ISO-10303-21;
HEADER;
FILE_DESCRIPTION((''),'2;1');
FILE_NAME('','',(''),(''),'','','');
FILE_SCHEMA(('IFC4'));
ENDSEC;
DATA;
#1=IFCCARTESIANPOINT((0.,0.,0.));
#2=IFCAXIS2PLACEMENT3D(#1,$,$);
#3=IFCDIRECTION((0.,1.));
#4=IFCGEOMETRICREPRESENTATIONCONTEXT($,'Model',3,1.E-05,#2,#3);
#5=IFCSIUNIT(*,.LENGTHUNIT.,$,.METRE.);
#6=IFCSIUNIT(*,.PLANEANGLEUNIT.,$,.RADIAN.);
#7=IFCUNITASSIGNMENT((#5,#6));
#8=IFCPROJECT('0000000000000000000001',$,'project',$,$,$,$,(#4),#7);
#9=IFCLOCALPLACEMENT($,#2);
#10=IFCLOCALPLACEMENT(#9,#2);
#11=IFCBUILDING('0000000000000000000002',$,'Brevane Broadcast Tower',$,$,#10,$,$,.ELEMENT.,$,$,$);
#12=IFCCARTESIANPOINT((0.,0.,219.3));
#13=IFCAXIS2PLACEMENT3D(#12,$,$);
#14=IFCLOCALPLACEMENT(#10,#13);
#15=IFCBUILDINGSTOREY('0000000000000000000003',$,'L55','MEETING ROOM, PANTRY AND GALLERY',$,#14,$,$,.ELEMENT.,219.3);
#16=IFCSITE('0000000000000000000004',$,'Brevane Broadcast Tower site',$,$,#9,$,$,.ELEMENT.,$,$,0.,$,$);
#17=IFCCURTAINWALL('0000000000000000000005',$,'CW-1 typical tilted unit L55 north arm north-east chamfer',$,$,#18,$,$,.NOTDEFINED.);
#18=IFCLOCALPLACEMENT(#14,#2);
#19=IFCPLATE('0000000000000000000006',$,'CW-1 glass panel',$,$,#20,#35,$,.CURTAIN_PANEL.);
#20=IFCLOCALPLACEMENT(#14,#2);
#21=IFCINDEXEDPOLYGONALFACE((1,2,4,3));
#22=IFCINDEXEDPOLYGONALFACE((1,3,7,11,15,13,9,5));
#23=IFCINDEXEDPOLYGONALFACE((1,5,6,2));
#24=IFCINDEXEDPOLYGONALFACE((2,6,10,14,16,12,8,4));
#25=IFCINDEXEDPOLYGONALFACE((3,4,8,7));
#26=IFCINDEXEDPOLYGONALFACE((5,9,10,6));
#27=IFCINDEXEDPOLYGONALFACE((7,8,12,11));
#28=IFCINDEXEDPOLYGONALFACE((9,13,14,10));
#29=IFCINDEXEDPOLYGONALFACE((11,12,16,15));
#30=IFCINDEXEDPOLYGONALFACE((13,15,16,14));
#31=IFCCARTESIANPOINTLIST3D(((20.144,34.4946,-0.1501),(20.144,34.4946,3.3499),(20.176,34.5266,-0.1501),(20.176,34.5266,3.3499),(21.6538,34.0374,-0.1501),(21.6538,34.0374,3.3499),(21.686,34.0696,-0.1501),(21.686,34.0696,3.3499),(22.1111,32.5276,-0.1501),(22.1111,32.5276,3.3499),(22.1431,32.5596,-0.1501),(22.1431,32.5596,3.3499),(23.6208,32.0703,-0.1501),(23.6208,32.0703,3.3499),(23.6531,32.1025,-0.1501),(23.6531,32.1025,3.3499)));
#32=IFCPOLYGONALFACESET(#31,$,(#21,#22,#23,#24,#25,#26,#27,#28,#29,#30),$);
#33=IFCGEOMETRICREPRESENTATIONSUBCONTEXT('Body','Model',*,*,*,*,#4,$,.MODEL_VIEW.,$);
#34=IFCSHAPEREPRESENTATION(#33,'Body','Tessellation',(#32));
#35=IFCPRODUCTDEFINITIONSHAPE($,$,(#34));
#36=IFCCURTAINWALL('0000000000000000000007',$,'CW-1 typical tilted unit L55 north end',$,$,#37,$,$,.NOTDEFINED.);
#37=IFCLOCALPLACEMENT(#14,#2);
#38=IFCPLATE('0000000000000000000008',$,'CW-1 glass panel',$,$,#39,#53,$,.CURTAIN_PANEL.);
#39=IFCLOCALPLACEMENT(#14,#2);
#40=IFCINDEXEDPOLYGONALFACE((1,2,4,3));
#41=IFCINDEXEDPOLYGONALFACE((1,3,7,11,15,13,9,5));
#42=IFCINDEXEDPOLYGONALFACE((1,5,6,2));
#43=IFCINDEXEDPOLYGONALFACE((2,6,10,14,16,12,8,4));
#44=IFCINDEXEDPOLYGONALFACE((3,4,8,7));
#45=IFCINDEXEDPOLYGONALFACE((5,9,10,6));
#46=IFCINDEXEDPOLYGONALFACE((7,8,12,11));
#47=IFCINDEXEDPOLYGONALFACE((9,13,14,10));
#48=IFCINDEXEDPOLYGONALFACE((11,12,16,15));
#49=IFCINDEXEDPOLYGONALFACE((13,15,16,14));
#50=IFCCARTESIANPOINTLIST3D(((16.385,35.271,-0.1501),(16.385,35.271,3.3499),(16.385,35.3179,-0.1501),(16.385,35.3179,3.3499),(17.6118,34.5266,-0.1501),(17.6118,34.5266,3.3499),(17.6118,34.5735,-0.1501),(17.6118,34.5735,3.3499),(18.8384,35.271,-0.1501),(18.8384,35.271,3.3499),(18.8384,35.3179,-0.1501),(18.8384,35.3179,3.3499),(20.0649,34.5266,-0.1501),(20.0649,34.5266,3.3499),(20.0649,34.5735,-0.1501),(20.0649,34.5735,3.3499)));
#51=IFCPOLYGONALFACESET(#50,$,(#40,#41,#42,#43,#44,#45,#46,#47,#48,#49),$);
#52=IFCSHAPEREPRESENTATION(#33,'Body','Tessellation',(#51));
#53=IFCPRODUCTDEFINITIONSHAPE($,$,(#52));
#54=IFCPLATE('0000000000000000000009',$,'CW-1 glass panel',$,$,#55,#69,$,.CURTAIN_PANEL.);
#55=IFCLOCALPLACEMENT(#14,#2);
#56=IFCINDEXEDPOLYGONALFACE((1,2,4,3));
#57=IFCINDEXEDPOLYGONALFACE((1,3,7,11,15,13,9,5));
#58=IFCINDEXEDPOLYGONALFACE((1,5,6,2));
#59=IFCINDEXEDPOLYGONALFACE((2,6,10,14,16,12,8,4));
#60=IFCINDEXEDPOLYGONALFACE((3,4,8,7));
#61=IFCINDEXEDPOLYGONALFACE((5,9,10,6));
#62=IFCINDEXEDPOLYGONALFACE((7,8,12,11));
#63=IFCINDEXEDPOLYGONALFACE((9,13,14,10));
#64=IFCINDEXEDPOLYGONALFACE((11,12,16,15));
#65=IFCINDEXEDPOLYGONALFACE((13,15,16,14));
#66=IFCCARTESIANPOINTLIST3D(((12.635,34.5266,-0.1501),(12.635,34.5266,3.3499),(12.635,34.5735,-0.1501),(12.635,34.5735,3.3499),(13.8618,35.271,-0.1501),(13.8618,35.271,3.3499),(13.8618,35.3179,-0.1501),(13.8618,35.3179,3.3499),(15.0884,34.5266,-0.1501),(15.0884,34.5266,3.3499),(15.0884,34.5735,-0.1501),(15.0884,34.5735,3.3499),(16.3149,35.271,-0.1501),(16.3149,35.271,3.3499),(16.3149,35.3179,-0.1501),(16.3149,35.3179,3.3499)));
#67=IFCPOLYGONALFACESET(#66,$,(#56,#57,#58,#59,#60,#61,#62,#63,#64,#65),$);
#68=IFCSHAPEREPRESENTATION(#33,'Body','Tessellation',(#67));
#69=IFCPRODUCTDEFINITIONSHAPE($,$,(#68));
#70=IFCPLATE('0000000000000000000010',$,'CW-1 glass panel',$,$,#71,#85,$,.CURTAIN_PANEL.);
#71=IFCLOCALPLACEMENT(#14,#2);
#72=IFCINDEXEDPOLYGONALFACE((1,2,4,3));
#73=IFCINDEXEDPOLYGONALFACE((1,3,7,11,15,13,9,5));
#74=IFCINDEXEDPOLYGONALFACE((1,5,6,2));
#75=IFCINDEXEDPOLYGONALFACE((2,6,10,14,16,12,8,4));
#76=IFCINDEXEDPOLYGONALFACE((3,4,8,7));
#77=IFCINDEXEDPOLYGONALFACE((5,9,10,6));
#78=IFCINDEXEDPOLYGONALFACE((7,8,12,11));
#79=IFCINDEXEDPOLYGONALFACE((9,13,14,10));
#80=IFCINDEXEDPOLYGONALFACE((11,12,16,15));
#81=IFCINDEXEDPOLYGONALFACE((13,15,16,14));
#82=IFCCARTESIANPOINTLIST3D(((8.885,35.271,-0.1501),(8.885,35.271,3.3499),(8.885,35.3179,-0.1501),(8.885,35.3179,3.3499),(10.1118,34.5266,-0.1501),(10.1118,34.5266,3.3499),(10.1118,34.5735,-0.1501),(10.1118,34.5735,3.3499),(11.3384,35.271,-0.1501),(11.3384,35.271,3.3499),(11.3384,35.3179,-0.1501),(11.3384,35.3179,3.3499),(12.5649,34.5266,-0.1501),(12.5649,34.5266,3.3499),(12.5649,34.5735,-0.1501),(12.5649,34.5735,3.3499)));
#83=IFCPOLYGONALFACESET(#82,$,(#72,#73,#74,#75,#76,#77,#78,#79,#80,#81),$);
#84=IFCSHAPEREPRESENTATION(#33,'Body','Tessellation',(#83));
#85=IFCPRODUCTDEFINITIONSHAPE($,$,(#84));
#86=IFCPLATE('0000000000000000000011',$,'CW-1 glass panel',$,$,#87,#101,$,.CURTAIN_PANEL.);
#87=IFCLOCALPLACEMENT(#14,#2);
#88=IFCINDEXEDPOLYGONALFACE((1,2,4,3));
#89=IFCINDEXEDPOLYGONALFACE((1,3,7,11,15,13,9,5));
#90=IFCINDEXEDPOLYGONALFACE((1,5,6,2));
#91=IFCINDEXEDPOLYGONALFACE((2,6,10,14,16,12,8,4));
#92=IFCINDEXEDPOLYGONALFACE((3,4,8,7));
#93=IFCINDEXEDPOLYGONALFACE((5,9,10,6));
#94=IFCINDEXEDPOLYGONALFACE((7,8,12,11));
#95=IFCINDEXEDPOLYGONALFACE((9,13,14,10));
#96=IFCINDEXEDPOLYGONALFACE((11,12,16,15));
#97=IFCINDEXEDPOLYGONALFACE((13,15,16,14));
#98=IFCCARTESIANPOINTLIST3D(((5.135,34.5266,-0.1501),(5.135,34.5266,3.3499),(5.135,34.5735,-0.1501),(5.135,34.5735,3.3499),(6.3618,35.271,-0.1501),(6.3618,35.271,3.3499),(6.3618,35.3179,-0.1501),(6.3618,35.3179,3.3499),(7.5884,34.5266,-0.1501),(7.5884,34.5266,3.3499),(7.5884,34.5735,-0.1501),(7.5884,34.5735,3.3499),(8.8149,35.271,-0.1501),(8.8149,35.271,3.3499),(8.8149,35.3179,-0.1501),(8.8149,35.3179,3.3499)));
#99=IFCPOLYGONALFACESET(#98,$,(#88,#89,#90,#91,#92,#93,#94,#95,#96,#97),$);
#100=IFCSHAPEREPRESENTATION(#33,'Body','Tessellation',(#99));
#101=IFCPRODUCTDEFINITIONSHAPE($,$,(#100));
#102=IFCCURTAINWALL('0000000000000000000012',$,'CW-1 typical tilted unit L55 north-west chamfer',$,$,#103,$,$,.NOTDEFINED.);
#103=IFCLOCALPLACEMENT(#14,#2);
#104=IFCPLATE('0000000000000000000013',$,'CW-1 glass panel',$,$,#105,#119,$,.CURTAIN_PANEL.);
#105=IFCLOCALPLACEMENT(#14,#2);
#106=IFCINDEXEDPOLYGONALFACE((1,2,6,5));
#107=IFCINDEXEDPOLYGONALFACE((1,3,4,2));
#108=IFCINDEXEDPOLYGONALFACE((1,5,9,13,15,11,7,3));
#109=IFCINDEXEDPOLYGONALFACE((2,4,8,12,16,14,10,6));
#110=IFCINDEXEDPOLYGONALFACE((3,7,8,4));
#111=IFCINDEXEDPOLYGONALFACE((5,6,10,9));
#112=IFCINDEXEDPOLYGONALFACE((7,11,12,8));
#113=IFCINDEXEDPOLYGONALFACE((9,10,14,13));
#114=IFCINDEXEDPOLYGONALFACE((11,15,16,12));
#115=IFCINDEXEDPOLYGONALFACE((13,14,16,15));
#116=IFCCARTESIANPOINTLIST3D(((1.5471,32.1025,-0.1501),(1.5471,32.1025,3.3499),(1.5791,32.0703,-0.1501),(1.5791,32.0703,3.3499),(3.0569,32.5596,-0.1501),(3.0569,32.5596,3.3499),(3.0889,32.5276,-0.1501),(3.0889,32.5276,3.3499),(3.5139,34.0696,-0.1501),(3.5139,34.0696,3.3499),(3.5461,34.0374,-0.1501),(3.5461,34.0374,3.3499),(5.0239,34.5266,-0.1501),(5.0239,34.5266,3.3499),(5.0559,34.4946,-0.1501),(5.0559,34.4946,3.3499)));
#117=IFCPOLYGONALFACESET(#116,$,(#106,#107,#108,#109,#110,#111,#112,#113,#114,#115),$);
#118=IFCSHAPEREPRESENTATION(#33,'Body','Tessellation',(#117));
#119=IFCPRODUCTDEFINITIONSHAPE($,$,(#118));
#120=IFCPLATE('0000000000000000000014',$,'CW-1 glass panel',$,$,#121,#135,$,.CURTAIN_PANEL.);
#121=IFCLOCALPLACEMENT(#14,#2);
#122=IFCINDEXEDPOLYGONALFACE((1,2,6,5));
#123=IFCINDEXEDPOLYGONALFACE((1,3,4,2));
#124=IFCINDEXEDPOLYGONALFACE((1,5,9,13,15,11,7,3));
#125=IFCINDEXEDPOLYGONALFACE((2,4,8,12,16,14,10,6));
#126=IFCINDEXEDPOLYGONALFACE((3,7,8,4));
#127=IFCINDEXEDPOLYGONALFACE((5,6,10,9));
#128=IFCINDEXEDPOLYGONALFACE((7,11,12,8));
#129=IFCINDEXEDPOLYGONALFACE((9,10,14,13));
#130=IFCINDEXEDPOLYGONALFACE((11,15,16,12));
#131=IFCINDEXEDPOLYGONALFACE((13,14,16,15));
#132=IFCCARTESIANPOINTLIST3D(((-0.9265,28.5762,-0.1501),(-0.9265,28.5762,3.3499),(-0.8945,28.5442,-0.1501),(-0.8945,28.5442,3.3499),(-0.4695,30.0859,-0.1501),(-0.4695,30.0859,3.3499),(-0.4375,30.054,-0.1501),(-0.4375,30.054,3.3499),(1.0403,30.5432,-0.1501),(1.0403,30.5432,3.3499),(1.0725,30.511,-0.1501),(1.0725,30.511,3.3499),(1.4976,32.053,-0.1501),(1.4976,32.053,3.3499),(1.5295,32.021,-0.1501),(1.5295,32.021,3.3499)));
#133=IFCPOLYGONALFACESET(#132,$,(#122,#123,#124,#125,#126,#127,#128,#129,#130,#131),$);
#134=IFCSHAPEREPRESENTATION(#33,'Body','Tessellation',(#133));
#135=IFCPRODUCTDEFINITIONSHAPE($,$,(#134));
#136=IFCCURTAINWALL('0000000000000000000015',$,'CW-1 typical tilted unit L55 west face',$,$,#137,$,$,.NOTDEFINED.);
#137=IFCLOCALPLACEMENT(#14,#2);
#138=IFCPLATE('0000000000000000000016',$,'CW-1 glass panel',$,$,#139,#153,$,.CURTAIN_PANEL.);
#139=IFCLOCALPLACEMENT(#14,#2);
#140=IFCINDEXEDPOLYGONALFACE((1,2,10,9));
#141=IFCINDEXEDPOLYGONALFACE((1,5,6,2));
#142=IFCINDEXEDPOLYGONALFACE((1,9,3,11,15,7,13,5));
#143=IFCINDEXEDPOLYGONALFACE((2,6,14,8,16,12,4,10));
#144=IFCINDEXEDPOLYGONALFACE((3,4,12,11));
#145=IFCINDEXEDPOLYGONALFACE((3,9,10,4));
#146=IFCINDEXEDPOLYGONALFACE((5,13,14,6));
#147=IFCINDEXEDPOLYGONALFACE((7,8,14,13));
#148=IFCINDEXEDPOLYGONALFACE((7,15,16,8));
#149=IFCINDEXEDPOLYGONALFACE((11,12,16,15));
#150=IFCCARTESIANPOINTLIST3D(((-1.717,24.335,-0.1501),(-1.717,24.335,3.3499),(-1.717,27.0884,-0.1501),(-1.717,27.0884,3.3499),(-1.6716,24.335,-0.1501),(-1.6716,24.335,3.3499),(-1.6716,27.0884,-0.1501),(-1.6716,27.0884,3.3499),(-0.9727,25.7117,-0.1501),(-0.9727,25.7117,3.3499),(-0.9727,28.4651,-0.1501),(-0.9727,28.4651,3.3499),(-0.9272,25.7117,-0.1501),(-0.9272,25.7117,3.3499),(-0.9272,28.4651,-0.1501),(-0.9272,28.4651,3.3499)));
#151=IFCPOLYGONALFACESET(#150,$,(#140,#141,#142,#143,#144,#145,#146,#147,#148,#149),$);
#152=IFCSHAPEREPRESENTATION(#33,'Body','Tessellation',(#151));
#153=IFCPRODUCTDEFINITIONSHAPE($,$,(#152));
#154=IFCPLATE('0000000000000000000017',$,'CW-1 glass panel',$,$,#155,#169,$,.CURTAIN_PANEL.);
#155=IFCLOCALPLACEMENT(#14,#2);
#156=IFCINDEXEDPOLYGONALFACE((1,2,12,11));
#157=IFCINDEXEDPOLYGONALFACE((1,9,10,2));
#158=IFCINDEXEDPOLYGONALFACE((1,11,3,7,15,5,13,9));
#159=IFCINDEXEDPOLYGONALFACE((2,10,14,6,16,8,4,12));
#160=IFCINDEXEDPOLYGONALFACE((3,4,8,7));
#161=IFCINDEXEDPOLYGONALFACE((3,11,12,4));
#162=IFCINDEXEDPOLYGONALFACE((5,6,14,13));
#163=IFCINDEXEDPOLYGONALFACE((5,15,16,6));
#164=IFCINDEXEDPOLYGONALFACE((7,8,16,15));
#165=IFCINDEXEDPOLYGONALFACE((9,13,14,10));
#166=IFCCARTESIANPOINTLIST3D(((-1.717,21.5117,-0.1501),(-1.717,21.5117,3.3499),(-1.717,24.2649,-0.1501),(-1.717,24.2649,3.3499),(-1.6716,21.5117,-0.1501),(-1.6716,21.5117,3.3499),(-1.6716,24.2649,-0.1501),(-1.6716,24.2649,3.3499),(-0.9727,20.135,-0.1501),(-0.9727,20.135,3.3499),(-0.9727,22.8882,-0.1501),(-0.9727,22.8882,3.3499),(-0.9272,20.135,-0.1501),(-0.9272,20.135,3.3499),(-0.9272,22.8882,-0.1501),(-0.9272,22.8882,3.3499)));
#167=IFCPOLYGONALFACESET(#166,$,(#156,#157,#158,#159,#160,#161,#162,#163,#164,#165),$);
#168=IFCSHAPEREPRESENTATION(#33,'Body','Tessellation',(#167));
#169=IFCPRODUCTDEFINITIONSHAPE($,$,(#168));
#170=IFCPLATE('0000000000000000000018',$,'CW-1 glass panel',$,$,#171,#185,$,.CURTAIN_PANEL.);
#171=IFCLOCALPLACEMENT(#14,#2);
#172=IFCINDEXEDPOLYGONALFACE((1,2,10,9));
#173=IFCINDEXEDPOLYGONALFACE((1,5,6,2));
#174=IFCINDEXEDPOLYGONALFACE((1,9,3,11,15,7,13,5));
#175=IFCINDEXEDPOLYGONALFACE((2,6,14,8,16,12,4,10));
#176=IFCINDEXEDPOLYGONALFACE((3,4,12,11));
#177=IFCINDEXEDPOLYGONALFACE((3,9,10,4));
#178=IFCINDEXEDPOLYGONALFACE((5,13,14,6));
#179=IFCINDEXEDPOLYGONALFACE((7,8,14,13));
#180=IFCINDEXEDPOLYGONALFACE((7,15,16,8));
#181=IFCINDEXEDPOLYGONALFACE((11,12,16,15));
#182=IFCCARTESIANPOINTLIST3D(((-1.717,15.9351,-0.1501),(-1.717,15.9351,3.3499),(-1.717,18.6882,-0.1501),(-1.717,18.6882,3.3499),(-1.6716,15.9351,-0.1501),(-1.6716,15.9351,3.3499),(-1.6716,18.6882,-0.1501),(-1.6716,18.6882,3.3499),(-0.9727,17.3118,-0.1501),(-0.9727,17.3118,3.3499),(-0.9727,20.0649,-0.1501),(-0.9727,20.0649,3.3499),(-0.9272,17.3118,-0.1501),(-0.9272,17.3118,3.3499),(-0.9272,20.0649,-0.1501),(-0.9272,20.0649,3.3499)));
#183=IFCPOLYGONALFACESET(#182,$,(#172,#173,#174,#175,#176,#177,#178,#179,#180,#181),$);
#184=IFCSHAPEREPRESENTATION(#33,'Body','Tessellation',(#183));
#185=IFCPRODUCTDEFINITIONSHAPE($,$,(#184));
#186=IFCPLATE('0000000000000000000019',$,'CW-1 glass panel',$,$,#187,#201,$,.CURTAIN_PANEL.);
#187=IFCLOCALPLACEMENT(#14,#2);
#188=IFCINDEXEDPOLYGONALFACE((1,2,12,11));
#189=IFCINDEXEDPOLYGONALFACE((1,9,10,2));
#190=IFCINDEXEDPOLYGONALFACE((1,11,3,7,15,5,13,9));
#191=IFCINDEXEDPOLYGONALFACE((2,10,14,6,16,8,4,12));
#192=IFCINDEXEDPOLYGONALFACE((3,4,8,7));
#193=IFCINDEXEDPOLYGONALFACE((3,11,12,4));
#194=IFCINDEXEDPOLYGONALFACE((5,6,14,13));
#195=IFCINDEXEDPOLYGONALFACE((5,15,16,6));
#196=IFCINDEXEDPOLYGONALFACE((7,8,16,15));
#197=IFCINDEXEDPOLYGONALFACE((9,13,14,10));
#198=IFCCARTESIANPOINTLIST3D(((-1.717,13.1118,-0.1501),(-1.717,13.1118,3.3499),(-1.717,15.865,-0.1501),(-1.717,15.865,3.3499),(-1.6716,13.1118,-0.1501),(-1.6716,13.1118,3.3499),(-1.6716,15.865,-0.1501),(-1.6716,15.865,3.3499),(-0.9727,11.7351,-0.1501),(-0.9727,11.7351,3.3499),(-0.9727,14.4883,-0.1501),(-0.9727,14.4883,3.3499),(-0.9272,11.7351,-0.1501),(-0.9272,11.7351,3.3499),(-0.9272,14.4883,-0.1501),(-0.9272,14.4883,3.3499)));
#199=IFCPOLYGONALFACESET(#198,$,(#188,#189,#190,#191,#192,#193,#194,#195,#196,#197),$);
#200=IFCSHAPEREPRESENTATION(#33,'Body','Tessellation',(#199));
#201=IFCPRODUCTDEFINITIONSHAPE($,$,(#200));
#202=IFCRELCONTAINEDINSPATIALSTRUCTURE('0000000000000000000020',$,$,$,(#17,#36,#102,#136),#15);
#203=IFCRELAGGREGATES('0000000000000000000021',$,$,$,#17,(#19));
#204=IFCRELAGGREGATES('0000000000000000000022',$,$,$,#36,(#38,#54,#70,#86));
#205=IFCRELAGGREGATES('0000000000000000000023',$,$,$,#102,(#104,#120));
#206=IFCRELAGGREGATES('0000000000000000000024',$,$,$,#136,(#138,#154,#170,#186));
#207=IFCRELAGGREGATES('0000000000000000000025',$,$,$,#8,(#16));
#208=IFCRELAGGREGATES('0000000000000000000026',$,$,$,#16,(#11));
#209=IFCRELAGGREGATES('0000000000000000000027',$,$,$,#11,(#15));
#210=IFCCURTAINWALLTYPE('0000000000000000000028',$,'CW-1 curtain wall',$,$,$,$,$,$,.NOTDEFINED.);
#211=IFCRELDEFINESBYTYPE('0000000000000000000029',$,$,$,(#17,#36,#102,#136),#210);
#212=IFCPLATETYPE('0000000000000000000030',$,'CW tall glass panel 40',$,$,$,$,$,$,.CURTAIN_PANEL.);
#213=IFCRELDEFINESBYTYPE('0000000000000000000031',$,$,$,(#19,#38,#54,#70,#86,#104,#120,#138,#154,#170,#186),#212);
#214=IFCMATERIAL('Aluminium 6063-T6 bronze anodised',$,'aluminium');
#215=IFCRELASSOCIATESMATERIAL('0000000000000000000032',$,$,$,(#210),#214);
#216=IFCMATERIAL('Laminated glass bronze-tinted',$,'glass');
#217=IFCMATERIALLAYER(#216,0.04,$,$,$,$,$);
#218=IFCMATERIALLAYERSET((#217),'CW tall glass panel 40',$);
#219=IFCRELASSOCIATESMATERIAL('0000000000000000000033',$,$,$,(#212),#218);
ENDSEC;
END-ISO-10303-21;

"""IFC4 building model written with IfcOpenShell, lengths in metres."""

from ifc_helpers import new_model, si_unit, direction, frame, origin, place, context, subcontext, project, spatial, polyline, outline, extrude, material, layer, layer_set, type_object, element, aggregate, save


model = new_model("IFC4")

# Units and contexts
model_context = context("Model", 3, precision=1e-05, world=origin(), true_north=direction((0.0, 1.0)))
body_context = subcontext(model_context, "Body", "Model", "MODEL_VIEW")
ifc_project = project(units=[si_unit("LENGTHUNIT", "METRE"), si_unit("PLANEANGLEUNIT", "RADIAN")], contexts=[model_context])

# Site, building, storey
site_placement = place(None, origin())
site = spatial("IfcSite", under=ifc_project, at=site_placement, Name="Brevane Broadcast Tower site", CompositionType="ELEMENT", RefElevation=0.0)
building_placement = place(site_placement, origin())
building = spatial("IfcBuilding", under=site, at=building_placement, Name="Brevane Broadcast Tower", CompositionType="ELEMENT")
storey_placement = place(building_placement, frame((0.0, 0.0, 219.3)))
storey = spatial("IfcBuildingStorey", under=building, at=storey_placement, Name="L55", Description="MEETING ROOM, PANTRY AND GALLERY", CompositionType="ELEMENT", Elevation=219.3)

# Shared definitions
ifc_material_1 = material(Name="Aluminium 6063-T6 bronze anodised", Category="aluminium")
curtain_wall_type = type_object("IfcCurtainWallType", Name="CW-1 curtain wall", PredefinedType="NOTDEFINED", material=ifc_material_1)
ifc_material_2 = material(Name="Laminated glass bronze-tinted", Category="glass")
ifc_layer = layer(ifc_material_2, 0.04)
ifc_layer_set = layer_set([ifc_layer], Name="CW tall glass panel 40")
plate_type = type_object("IfcPlateType", Name="CW tall glass panel 40", PredefinedType="CURTAIN_PANEL", material=ifc_layer_set)

# Curtain walls, plates
curtain_wall_1_placement = place(storey_placement, origin())
curtain_wall_1 = element("IfcCurtainWall", 1, at=curtain_wall_1_placement, inside=storey, type_object=curtain_wall_type, Name="CW-1 typical tilted unit L55 north arm north-east chamfer", PredefinedType="NOTDEFINED")
plate_1_placement = place(storey_placement, frame((0.0, 0.0, -0.1501)))
plate_1 = element("IfcPlate", 2, at=plate_1_placement, type_object=plate_type, Name="CW-1 glass panel", PredefinedType="CURTAIN_PANEL", context=body_context, shape_type="SweptSolid", body=[
    extrude(outline(polyline([(23.6208, 32.0703), (23.6531, 32.1025), (22.1431, 32.5596), (21.686, 34.0696), (20.176, 34.5266), (20.144, 34.4946), (21.6538, 34.0374), (22.1111, 32.5276), (23.6208, 32.0703)])), origin(), (0.0, 0.0, 1.0), 3.5),
])
aggregate(curtain_wall_1, [plate_1])
curtain_wall_2_placement = place(storey_placement, origin())
curtain_wall_2 = element("IfcCurtainWall", 3, at=curtain_wall_2_placement, inside=storey, type_object=curtain_wall_type, Name="CW-1 typical tilted unit L55 north end", PredefinedType="NOTDEFINED")
plate_2_placement = place(storey_placement, frame((0.0, 0.0, -0.1501)))
plate_2 = element("IfcPlate", 4, at=plate_2_placement, type_object=plate_type, Name="CW-1 glass panel", PredefinedType="CURTAIN_PANEL", context=body_context, shape_type="SweptSolid", body=[
    extrude(outline(polyline([(20.0649, 34.5266), (20.0649, 34.5735), (18.8384, 35.3179), (17.6118, 34.5735), (16.385, 35.3179), (16.385, 35.271), (17.6118, 34.5266), (18.8384, 35.271), (20.0649, 34.5266)])), origin(), (0.0, 0.0, 1.0), 3.5),
])
plate_3_placement = place(storey_placement, frame((0.0, 0.0, -0.1501)))
plate_3 = element("IfcPlate", 5, at=plate_3_placement, type_object=plate_type, Name="CW-1 glass panel", PredefinedType="CURTAIN_PANEL", context=body_context, shape_type="SweptSolid", body=[
    extrude(outline(polyline([(16.3149, 35.271), (16.3149, 35.3179), (15.0884, 34.5735), (13.8618, 35.3179), (12.635, 34.5735), (12.635, 34.5266), (13.8618, 35.271), (15.0884, 34.5266), (16.3149, 35.271)])), origin(), (0.0, 0.0, 1.0), 3.5),
])
plate_4_placement = place(storey_placement, frame((0.0, 0.0, -0.1501)))
plate_4 = element("IfcPlate", 6, at=plate_4_placement, type_object=plate_type, Name="CW-1 glass panel", PredefinedType="CURTAIN_PANEL", context=body_context, shape_type="SweptSolid", body=[
    extrude(outline(polyline([(12.5649, 34.5266), (12.5649, 34.5735), (11.3384, 35.3179), (10.1118, 34.5735), (8.885, 35.3179), (8.885, 35.271), (10.1118, 34.5266), (11.3384, 35.271), (12.5649, 34.5266)])), origin(), (0.0, 0.0, 1.0), 3.5),
])
plate_5_placement = place(storey_placement, frame((0.0, 0.0, -0.1501)))
plate_5 = element("IfcPlate", 7, at=plate_5_placement, type_object=plate_type, Name="CW-1 glass panel", PredefinedType="CURTAIN_PANEL", context=body_context, shape_type="SweptSolid", body=[
    extrude(outline(polyline([(8.8149, 35.271), (8.8149, 35.3179), (7.5884, 34.5735), (6.3618, 35.3179), (5.135, 34.5735), (5.135, 34.5266), (6.3618, 35.271), (7.5884, 34.5266), (8.8149, 35.271)])), origin(), (0.0, 0.0, 1.0), 3.5),
])
aggregate(curtain_wall_2, [plate_2, plate_3, plate_4, plate_5])
curtain_wall_3_placement = place(storey_placement, origin())
curtain_wall_3 = element("IfcCurtainWall", 8, at=curtain_wall_3_placement, inside=storey, type_object=curtain_wall_type, Name="CW-1 typical tilted unit L55 north-west chamfer", PredefinedType="NOTDEFINED")
plate_6_placement = place(storey_placement, frame((0.0, 0.0, -0.1501)))
plate_6 = element("IfcPlate", 9, at=plate_6_placement, type_object=plate_type, Name="CW-1 glass panel", PredefinedType="CURTAIN_PANEL", context=body_context, shape_type="SweptSolid", body=[
    extrude(outline(polyline([(5.0559, 34.4946), (5.0239, 34.5266), (3.5139, 34.0696), (3.0569, 32.5596), (1.5471, 32.1025), (1.5791, 32.0703), (3.0889, 32.5276), (3.5461, 34.0374), (5.0559, 34.4946)])), origin(), (0.0, 0.0, 1.0), 3.5),
])
plate_7_placement = place(storey_placement, frame((0.0, 0.0, -0.1501)))
plate_7 = element("IfcPlate", 10, at=plate_7_placement, type_object=plate_type, Name="CW-1 glass panel", PredefinedType="CURTAIN_PANEL", context=body_context, shape_type="SweptSolid", body=[
    extrude(outline(polyline([(1.5295, 32.021), (1.4976, 32.053), (1.0403, 30.5432), (-0.4695, 30.0859), (-0.9265, 28.5762), (-0.8945, 28.5442), (-0.4375, 30.054), (1.0725, 30.511), (1.5295, 32.021)])), origin(), (0.0, 0.0, 1.0), 3.5),
])
aggregate(curtain_wall_3, [plate_6, plate_7])
curtain_wall_4_placement = place(storey_placement, origin())
curtain_wall_4 = element("IfcCurtainWall", 11, at=curtain_wall_4_placement, inside=storey, type_object=curtain_wall_type, Name="CW-1 typical tilted unit L55 west face", PredefinedType="NOTDEFINED")
plate_8_placement = place(storey_placement, frame((0.0, 0.0, -0.1501)))
plate_8 = element("IfcPlate", 12, at=plate_8_placement, type_object=plate_type, Name="CW-1 glass panel", PredefinedType="CURTAIN_PANEL", context=body_context, shape_type="SweptSolid", body=[
    extrude(outline(polyline([(-0.9272, 28.4651), (-0.9727, 28.4651), (-1.717, 27.0884), (-0.9727, 25.7117), (-1.717, 24.335), (-1.6716, 24.335), (-0.9272, 25.7117), (-1.6716, 27.0884), (-0.9272, 28.4651)])), origin(), (0.0, 0.0, 1.0), 3.5),
])
plate_9_placement = place(storey_placement, frame((0.0, 0.0, -0.1501)))
plate_9 = element("IfcPlate", 13, at=plate_9_placement, type_object=plate_type, Name="CW-1 glass panel", PredefinedType="CURTAIN_PANEL", context=body_context, shape_type="SweptSolid", body=[
    extrude(outline(polyline([(-1.6716, 24.2649), (-1.717, 24.2649), (-0.9727, 22.8882), (-1.717, 21.5117), (-0.9727, 20.135), (-0.9272, 20.135), (-1.6716, 21.5117), (-0.9272, 22.8882), (-1.6716, 24.2649)])), origin(), (0.0, 0.0, 1.0), 3.5),
])
plate_10_placement = place(storey_placement, frame((0.0, 0.0, -0.1501)))
plate_10 = element("IfcPlate", 14, at=plate_10_placement, type_object=plate_type, Name="CW-1 glass panel", PredefinedType="CURTAIN_PANEL", context=body_context, shape_type="SweptSolid", body=[
    extrude(outline(polyline([(-0.9272, 20.0649), (-0.9727, 20.0649), (-1.717, 18.6882), (-0.9727, 17.3118), (-1.717, 15.9351), (-1.6716, 15.9351), (-0.9272, 17.3118), (-1.6716, 18.6882), (-0.9272, 20.0649)])), origin(), (0.0, 0.0, 1.0), 3.5),
])
plate_11_placement = place(storey_placement, frame((0.0, 0.0, -0.1501)))
plate_11 = element("IfcPlate", 15, at=plate_11_placement, type_object=plate_type, Name="CW-1 glass panel", PredefinedType="CURTAIN_PANEL", context=body_context, shape_type="SweptSolid", body=[
    extrude(outline(polyline([(-1.6716, 15.865), (-1.717, 15.865), (-0.9727, 14.4883), (-1.717, 13.1118), (-0.9727, 11.7351), (-0.9272, 11.7351), (-1.6716, 13.1118), (-0.9272, 14.4883), (-1.6716, 15.865)])), origin(), (0.0, 0.0, 1.0), 3.5),
])
aggregate(curtain_wall_4, [plate_8, plate_9, plate_10, plate_11])

save(model, "model.ifc")
